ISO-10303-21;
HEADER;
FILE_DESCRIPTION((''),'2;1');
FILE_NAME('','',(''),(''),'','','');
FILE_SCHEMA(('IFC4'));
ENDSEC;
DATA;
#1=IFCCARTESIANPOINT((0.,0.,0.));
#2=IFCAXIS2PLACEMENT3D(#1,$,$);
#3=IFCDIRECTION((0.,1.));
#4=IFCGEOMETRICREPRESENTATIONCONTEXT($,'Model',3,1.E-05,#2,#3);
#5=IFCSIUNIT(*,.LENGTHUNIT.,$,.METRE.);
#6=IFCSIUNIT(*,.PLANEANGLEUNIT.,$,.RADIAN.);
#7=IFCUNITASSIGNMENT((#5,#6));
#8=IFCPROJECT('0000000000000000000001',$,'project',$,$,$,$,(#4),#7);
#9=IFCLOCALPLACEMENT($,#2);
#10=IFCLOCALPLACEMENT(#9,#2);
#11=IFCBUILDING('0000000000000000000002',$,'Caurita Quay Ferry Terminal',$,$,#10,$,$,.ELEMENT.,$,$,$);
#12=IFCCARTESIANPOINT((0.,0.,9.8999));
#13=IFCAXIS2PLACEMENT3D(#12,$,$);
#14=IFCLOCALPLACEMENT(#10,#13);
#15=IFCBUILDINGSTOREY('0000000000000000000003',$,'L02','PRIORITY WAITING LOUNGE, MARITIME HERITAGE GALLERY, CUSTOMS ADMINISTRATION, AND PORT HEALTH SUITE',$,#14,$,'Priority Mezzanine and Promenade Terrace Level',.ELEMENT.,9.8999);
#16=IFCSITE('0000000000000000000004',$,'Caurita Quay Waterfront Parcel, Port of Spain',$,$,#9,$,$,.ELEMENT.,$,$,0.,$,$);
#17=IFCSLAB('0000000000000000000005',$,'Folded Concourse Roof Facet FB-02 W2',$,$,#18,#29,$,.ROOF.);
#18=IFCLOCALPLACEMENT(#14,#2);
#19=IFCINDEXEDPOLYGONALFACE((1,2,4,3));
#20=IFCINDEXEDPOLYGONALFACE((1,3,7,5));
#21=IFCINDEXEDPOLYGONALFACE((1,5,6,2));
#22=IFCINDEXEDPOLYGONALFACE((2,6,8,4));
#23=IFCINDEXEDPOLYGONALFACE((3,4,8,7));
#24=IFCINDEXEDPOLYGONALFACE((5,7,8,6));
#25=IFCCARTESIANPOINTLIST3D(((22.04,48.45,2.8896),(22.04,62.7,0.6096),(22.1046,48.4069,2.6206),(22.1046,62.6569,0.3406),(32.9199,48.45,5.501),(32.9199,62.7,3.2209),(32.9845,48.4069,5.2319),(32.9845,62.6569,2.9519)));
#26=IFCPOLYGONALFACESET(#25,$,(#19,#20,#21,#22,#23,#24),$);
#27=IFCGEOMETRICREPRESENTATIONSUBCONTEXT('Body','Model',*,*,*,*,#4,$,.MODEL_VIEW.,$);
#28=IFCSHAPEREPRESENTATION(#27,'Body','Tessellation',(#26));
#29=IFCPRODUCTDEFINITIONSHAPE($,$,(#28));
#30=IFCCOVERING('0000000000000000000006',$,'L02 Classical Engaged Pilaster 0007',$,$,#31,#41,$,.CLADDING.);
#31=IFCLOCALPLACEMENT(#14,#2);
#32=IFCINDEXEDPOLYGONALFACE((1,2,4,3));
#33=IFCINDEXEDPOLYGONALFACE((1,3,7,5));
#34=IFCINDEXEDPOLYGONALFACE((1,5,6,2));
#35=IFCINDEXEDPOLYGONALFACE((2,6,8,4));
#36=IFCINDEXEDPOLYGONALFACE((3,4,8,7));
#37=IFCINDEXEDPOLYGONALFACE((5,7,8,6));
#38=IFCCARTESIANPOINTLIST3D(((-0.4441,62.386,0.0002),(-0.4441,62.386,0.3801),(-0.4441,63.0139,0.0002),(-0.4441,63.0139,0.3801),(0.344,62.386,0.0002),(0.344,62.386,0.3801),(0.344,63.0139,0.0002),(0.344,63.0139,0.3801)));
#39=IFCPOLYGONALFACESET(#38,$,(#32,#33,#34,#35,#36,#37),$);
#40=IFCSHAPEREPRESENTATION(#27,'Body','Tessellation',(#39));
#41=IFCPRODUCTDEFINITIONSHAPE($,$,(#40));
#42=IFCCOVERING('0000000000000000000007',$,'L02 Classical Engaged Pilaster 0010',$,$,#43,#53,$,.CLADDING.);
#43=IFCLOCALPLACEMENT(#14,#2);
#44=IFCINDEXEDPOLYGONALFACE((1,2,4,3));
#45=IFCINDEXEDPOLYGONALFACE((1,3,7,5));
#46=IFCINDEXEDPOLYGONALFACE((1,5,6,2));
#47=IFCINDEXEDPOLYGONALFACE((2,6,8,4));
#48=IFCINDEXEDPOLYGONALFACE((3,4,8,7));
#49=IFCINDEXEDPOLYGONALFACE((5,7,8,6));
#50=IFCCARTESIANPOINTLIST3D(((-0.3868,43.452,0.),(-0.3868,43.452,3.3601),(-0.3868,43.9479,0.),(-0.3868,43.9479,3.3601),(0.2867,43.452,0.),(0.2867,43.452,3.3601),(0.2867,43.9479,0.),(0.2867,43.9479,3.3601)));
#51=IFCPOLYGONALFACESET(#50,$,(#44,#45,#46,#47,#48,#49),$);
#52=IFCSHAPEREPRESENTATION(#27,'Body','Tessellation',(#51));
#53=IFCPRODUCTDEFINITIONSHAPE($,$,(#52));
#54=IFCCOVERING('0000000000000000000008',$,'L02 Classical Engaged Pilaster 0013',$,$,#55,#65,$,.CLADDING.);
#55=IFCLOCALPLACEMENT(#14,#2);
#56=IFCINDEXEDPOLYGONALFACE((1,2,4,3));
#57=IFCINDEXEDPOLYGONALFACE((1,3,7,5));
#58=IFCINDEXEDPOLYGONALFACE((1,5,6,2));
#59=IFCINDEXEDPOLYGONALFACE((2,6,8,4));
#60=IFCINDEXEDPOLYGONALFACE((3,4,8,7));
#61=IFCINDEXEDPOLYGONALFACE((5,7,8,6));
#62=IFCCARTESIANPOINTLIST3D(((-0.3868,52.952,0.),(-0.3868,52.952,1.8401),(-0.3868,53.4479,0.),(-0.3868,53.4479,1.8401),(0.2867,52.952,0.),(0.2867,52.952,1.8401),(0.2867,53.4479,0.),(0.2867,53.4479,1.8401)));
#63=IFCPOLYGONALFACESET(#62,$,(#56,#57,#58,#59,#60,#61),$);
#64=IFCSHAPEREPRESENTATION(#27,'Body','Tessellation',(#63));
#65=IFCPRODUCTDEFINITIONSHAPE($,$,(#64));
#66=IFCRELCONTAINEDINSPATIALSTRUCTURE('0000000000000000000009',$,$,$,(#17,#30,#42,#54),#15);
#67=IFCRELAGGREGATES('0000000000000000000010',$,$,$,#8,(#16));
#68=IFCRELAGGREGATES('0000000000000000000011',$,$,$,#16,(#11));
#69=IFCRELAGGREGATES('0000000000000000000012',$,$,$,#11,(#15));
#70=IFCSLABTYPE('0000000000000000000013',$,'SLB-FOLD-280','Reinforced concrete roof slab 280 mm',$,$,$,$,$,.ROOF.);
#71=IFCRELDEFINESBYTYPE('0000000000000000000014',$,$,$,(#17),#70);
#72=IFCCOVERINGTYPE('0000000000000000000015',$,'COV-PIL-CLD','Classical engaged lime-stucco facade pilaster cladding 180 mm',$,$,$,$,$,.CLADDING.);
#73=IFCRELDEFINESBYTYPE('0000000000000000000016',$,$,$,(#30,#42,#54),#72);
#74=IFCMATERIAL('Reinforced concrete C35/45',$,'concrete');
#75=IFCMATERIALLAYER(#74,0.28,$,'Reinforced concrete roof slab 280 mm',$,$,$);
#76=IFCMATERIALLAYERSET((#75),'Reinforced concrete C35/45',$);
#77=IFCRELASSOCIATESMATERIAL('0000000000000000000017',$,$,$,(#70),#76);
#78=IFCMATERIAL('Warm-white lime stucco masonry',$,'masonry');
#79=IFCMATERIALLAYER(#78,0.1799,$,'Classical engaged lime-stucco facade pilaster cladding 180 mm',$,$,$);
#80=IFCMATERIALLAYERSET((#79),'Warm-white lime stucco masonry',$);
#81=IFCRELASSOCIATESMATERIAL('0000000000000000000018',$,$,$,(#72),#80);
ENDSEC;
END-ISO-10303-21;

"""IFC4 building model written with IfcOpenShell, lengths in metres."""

from ifc_helpers import new_model, si_unit, direction, frame, origin, origin_2d, place, context, subcontext, project, spatial, polyline, rectangle, outline, extrude, material, layer, layer_set, type_object, element, save


model = new_model("IFC4")

# Units and contexts
model_context = context("Model", 3, precision=1e-05, world=origin(), true_north=direction((0.0, 1.0)))
body_context = subcontext(model_context, "Body", "Model", "MODEL_VIEW")
ifc_project = project(units=[si_unit("LENGTHUNIT", "METRE"), si_unit("PLANEANGLEUNIT", "RADIAN")], contexts=[model_context])

# Site, building, storey
site_placement = place(None, origin())
site = spatial("IfcSite", under=ifc_project, at=site_placement, Name="Caurita Quay Waterfront Parcel, Port of Spain", CompositionType="ELEMENT", RefElevation=0.0)
building_placement = place(site_placement, origin())
building = spatial("IfcBuilding", under=site, at=building_placement, Name="Caurita Quay Ferry Terminal", CompositionType="ELEMENT")
storey_placement = place(building_placement, frame((0.0, 0.0, 9.8999)))
storey = spatial("IfcBuildingStorey", under=building, at=storey_placement, Name="L02", Description="PRIORITY WAITING LOUNGE, MARITIME HERITAGE GALLERY, CUSTOMS ADMINISTRATION, AND PORT HEALTH SUITE", LongName="Priority Mezzanine and Promenade Terrace Level", CompositionType="ELEMENT", Elevation=9.8999)

# Slab
ifc_material_1 = material(Name="Reinforced concrete C35/45", Category="concrete")
ifc_layer_1 = layer(ifc_material_1, 0.28, Name="Reinforced concrete roof slab 280 mm")
ifc_layer_set_1 = layer_set([ifc_layer_1], Name="Reinforced concrete C35/45")
slab_type = type_object("IfcSlabType", Name="SLB-FOLD-280", Description="Reinforced concrete roof slab 280 mm", PredefinedType="ROOF", material=ifc_layer_set_1)
slab_1_placement = place(storey_placement, frame((22.04, 48.45, 2.8896), z_axis=(-0.230612, 0.153734, 0.960825), x_axis=(0.972384, 0.0, 0.233386)))
element("IfcSlab", 1, at=slab_1_placement, inside=storey, type_object=slab_type, Name="Folded Concourse Roof Facet FB-02 W2", PredefinedType="ROOF", context=body_context, shape_type="SweptSolid", body=[
    extrude(outline(polyline([(0.0, 0.0), (11.1889, 0.0), (10.6567, 14.4214), (-0.5321, 14.4214), (0.0, 0.0)])), origin(), (0.0, 0.0, -1.0), 0.28),
])

# Coverings
ifc_material_2 = material(Name="Warm-white lime stucco masonry", Category="masonry")
ifc_layer_2 = layer(ifc_material_2, 0.1799, Name="Classical engaged lime-stucco facade pilaster cladding 180 mm")
ifc_layer_set_2 = layer_set([ifc_layer_2], Name="Warm-white lime stucco masonry")
covering_type = type_object("IfcCoveringType", Name="COV-PIL-CLD", Description="Classical engaged lime-stucco facade pilaster cladding 180 mm", PredefinedType="CLADDING", material=ifc_layer_set_2)
covering_1_placement = place(storey_placement, frame((-0.05, 62.7, 0.0002), z_axis=(0.0, 0.0, 1.0), x_axis=(1.0, 0.0, 0.0)))
element("IfcCovering", 2, at=covering_1_placement, inside=storey, type_object=covering_type, Name="L02 Classical Engaged Pilaster 0007", PredefinedType="CLADDING", context=body_context, shape_type="SweptSolid", body=[
    extrude(rectangle(XDim=0.7881, YDim=0.6279, at=origin_2d()), origin(), (0.0, 0.0, 1.0), 0.3799),
])
covering_2_placement = place(storey_placement, frame((-0.05, 43.7, 0.0), z_axis=(0.0, 0.0, 1.0), x_axis=(1.0, 0.0, 0.0)))
element("IfcCovering", 3, at=covering_2_placement, inside=storey, type_object=covering_type, Name="L02 Classical Engaged Pilaster 0010", PredefinedType="CLADDING", context=body_context, shape_type="SweptSolid", body=[
    extrude(rectangle(XDim=0.6736, YDim=0.4958, at=origin_2d()), origin(), (0.0, 0.0, 1.0), 3.3601),
])
covering_3_placement = place(storey_placement, frame((-0.05, 53.2, 0.0), z_axis=(0.0, 0.0, 1.0), x_axis=(1.0, 0.0, 0.0)))
element("IfcCovering", 4, at=covering_3_placement, inside=storey, type_object=covering_type, Name="L02 Classical Engaged Pilaster 0013", PredefinedType="CLADDING", context=body_context, shape_type="SweptSolid", body=[
    extrude(rectangle(XDim=0.6736, YDim=0.4958, at=origin_2d()), origin(), (0.0, 0.0, 1.0), 1.8401),
])

save(model, "model.ifc")
